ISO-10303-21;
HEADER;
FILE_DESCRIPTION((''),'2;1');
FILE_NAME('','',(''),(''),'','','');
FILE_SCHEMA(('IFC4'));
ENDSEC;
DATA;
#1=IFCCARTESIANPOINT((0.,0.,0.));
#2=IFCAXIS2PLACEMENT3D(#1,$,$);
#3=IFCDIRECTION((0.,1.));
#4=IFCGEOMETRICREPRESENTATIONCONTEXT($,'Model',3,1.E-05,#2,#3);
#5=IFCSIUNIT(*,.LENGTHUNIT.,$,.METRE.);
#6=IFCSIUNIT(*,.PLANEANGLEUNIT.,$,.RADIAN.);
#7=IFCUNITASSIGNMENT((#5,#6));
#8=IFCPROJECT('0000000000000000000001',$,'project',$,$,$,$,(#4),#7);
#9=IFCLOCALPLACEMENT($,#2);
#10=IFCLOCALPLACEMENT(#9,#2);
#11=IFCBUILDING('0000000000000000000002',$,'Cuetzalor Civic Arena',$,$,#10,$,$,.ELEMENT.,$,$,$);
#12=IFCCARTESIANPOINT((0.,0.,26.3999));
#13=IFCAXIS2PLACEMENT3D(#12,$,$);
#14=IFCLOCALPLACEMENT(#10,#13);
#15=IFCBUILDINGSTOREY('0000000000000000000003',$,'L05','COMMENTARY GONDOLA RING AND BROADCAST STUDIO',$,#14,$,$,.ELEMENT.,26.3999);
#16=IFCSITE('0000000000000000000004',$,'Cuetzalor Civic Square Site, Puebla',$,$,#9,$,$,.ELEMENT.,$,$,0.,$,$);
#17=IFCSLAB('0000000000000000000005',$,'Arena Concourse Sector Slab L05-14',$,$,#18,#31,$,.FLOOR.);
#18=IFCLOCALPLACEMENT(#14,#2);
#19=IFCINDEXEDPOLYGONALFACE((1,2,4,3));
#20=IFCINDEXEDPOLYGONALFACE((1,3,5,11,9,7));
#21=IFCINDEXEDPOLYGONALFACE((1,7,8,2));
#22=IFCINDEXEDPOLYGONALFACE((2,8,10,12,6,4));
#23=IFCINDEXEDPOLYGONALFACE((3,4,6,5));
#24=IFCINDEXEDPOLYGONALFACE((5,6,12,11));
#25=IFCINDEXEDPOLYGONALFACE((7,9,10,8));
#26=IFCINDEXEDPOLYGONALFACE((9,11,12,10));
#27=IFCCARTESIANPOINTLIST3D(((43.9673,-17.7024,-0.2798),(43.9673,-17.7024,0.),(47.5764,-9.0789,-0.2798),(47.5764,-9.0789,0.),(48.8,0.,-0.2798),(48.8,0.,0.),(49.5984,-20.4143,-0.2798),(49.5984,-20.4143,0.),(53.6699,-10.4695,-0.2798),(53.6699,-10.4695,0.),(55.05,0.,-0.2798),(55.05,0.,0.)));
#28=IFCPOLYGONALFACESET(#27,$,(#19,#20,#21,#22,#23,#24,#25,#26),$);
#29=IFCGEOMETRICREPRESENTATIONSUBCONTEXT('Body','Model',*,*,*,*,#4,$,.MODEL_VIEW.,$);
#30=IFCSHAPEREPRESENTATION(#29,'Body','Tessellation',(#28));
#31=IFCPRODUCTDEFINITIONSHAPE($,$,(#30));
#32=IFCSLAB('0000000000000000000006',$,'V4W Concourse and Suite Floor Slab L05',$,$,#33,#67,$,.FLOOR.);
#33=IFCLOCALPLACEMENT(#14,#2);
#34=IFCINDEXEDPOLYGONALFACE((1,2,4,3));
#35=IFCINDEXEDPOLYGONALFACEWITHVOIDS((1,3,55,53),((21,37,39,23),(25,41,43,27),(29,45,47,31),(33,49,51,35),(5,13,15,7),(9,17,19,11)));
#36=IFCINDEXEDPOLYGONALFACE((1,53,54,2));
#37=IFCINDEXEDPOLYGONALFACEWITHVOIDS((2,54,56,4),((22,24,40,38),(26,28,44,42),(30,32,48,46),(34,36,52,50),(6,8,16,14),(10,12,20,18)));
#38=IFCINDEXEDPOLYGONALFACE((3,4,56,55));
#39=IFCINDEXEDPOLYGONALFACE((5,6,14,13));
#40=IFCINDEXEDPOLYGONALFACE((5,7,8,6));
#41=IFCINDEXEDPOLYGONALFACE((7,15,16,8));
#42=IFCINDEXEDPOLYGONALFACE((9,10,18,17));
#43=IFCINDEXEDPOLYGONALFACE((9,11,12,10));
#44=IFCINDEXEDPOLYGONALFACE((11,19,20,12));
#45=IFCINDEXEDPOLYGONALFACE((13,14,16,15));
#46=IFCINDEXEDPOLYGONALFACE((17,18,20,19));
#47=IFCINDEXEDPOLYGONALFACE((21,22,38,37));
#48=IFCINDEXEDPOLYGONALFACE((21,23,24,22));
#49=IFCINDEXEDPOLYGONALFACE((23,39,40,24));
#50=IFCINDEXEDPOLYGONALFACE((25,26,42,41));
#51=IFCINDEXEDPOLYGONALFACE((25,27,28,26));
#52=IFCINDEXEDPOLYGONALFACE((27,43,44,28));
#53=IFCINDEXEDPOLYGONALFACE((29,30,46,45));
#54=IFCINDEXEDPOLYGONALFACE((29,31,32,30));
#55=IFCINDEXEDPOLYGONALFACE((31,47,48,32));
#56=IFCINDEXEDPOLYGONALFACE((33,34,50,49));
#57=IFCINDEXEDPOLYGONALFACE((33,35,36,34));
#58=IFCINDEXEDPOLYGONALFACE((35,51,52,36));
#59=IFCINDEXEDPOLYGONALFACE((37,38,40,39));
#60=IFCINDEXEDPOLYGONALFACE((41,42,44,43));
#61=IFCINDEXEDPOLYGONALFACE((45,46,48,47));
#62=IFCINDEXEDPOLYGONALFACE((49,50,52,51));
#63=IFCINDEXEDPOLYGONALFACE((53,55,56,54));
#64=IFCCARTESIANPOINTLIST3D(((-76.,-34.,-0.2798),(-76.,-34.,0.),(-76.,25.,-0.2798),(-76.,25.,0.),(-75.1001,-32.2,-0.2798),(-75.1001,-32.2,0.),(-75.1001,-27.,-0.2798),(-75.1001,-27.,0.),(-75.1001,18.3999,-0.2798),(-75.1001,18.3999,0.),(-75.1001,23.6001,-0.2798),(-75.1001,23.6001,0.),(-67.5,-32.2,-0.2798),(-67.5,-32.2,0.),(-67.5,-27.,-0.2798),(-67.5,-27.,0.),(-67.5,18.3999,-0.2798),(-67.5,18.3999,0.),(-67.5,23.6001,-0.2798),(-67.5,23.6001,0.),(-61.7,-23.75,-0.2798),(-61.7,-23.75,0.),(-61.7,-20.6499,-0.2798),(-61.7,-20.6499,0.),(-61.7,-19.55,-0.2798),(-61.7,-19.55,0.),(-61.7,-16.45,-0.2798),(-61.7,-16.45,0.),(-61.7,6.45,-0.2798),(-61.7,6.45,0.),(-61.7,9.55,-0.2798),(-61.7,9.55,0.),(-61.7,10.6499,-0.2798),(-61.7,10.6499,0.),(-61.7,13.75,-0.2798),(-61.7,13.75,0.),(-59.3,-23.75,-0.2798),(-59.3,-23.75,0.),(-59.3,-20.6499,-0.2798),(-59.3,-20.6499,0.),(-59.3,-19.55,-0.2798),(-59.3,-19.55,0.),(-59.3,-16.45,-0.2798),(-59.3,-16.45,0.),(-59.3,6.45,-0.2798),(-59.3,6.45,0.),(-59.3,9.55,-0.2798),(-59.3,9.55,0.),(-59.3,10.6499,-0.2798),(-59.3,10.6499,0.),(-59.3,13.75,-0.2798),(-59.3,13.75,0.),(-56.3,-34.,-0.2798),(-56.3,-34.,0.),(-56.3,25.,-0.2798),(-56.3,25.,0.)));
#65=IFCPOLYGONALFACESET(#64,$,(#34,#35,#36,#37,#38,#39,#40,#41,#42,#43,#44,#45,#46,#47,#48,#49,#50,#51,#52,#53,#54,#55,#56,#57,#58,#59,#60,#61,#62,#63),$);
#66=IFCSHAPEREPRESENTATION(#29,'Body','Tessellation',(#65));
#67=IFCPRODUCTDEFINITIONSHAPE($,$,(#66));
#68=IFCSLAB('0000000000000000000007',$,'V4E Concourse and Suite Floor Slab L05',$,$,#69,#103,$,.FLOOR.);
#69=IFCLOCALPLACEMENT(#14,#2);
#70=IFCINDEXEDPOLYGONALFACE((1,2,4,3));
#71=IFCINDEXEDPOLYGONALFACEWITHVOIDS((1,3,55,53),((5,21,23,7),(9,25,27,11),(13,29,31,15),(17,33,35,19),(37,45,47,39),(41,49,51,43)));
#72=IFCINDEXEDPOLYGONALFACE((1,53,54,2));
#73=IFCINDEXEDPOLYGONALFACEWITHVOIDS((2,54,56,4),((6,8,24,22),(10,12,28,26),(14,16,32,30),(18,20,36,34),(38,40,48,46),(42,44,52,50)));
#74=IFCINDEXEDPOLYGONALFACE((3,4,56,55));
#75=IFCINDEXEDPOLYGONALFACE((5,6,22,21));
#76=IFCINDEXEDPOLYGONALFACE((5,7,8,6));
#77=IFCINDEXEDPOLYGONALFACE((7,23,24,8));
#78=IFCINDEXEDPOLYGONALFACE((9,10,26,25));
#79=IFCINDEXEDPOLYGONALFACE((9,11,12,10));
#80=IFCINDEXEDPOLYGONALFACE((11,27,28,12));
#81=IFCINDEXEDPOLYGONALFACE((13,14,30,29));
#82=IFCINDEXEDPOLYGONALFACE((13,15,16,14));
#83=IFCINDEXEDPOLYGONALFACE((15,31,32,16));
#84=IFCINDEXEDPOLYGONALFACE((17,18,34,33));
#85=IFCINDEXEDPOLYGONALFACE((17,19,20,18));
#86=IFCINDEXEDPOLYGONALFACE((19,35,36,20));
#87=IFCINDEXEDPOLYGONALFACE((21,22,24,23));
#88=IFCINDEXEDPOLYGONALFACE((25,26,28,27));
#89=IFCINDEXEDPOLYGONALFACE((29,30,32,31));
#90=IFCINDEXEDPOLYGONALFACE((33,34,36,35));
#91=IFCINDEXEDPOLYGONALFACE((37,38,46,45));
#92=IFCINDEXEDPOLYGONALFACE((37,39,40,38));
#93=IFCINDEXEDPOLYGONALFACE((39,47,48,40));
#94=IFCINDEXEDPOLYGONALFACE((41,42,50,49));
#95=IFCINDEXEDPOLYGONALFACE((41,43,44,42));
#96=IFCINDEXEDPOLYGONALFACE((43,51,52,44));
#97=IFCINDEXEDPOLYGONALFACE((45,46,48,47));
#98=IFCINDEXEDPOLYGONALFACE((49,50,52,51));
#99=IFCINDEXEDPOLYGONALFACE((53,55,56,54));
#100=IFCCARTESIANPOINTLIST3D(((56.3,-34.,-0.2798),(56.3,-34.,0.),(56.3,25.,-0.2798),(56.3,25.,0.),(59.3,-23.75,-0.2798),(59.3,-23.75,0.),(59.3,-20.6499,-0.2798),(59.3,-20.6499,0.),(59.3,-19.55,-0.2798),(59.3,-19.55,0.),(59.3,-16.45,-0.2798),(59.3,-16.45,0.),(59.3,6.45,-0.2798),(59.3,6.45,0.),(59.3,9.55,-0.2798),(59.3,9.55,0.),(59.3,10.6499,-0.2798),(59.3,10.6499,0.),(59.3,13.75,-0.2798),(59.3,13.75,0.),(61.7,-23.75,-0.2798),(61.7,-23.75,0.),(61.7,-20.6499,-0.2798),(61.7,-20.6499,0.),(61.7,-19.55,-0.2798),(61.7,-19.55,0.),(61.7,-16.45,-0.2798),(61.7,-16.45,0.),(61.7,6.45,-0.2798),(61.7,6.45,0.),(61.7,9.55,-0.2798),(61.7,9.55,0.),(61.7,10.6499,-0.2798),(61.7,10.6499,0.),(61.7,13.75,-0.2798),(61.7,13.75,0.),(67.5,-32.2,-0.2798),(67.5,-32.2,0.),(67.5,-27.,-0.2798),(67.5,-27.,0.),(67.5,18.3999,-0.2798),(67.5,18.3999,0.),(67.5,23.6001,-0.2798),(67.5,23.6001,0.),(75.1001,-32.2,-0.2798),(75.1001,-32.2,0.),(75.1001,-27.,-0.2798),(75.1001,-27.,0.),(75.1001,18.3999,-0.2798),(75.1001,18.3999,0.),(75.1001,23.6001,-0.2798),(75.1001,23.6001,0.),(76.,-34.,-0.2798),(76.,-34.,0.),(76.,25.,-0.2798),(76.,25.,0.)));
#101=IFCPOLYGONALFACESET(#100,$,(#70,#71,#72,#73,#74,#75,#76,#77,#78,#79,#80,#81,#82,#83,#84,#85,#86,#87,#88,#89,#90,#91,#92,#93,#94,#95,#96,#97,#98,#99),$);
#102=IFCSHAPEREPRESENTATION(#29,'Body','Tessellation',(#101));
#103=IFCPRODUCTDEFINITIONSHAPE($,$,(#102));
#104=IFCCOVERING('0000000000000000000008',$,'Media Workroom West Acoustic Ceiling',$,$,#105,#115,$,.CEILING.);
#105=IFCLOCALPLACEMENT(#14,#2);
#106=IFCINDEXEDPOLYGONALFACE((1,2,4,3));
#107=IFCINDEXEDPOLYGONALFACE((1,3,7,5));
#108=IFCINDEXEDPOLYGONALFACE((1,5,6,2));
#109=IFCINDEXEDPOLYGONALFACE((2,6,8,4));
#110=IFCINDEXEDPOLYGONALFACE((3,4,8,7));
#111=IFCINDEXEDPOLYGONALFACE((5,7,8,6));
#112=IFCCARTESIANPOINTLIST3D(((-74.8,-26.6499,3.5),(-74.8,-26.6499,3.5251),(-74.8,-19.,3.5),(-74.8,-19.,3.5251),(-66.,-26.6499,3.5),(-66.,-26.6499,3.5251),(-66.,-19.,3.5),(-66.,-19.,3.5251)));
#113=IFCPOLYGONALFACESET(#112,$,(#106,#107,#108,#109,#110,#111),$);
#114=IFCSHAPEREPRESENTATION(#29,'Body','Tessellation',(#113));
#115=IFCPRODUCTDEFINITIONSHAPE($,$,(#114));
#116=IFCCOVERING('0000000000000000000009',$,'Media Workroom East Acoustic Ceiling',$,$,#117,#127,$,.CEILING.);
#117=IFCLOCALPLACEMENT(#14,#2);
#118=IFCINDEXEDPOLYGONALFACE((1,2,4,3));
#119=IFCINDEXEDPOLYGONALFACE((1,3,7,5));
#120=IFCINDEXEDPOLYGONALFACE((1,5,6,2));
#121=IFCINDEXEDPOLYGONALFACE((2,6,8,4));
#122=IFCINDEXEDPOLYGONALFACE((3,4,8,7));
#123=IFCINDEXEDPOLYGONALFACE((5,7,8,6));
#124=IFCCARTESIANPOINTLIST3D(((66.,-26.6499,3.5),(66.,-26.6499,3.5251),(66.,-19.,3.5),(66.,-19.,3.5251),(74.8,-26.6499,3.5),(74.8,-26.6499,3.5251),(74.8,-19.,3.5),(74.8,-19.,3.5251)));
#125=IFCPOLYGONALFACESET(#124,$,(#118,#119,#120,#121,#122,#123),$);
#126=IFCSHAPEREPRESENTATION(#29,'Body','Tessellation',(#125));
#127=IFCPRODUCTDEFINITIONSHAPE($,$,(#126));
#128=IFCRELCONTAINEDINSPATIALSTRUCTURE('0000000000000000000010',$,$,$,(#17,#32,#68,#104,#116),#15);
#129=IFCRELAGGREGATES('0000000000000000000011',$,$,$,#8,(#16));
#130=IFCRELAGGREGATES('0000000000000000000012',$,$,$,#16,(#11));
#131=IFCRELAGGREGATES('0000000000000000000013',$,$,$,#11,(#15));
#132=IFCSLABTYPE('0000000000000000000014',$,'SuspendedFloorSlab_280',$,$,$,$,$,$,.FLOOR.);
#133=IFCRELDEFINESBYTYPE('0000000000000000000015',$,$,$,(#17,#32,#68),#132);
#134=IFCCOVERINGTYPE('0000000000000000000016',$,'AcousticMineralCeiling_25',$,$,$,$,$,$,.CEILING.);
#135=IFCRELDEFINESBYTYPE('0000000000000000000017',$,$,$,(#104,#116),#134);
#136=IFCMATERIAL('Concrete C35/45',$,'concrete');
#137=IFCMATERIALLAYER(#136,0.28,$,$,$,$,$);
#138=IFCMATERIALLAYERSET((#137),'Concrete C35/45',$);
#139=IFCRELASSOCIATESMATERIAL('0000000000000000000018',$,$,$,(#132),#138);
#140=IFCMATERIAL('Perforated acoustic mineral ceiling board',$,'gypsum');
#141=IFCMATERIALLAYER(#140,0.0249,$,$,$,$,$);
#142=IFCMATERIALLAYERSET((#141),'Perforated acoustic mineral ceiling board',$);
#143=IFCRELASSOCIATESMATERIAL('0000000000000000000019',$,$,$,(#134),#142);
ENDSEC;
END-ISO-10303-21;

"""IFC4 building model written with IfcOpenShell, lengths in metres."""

from ifc_helpers import new_model, si_unit, direction, frame, origin, place, context, subcontext, project, spatial, polyline, outline, extrude, material, layer, layer_set, type_object, element, save


model = new_model("IFC4")

# Units and contexts
model_context = context("Model", 3, precision=1e-05, world=origin(), true_north=direction((0.0, 1.0)))
body_context = subcontext(model_context, "Body", "Model", "MODEL_VIEW")
ifc_project = project(units=[si_unit("LENGTHUNIT", "METRE"), si_unit("PLANEANGLEUNIT", "RADIAN")], contexts=[model_context])

# Site, building, storey
site_placement = place(None, origin())
site = spatial("IfcSite", under=ifc_project, at=site_placement, Name="Cuetzalor Civic Square Site, Puebla", CompositionType="ELEMENT", RefElevation=0.0)
building_placement = place(site_placement, origin())
building = spatial("IfcBuilding", under=site, at=building_placement, Name="Cuetzalor Civic Arena", CompositionType="ELEMENT")
storey_placement = place(building_placement, frame((0.0, 0.0, 26.3999)))
storey = spatial("IfcBuildingStorey", under=building, at=storey_placement, Name="L05", Description="COMMENTARY GONDOLA RING AND BROADCAST STUDIO", CompositionType="ELEMENT", Elevation=26.3999)

# Slabs
ifc_material_1 = material(Name="Concrete C35/45", Category="concrete")
ifc_layer_1 = layer(ifc_material_1, 0.28)
ifc_layer_set_1 = layer_set([ifc_layer_1], Name="Concrete C35/45")
slab_type_1 = type_object("IfcSlabType", Name="SuspendedFloorSlab_280", PredefinedType="FLOOR", material=ifc_layer_set_1)
slab_1_placement = place(storey_placement, frame((0.0, 0.0, -0.2798)))
element("IfcSlab", 1, at=slab_1_placement, inside=storey, type_object=slab_type_1, Name="Arena Concourse Sector Slab L05-14", PredefinedType="FLOOR", context=body_context, shape_type="SweptSolid", body=[
    extrude(outline(polyline([(43.9673, -17.7024), (47.5764, -9.0789), (48.8, 0.0), (55.05, 0.0), (53.6699, -10.4695), (49.5984, -20.4143), (43.9673, -17.7024)])), origin(), (0.0, 0.0, 1.0), 0.2798),
])
slab_2_placement = place(storey_placement, frame((0.0, 0.0, -0.2798)))
element("IfcSlab", 2, at=slab_2_placement, inside=storey, type_object=slab_type_1, Name="V4W Concourse and Suite Floor Slab L05", PredefinedType="FLOOR", context=body_context, shape_type="SweptSolid", body=[
    extrude(outline(polyline([(-76.0, -34.0), (-56.3, -34.0), (-56.3, 25.0), (-76.0, 25.0), (-76.0, -34.0)]), holes=[polyline([(-75.1001, -32.2), (-67.5, -32.2), (-67.5, -27.0), (-75.1001, -27.0), (-75.1001, -32.2)]), polyline([(-75.1001, 18.3999), (-67.5, 18.3999), (-67.5, 23.6001), (-75.1001, 23.6001), (-75.1001, 18.3999)]), polyline([(-61.7, -19.55), (-59.3, -19.55), (-59.3, -16.45), (-61.7, -16.45), (-61.7, -19.55)]), polyline([(-61.7, 6.45), (-59.3, 6.45), (-59.3, 9.55), (-61.7, 9.55), (-61.7, 6.45)]), polyline([(-61.7, -23.75), (-59.3, -23.75), (-59.3, -20.6499), (-61.7, -20.6499), (-61.7, -23.75)]), polyline([(-61.7, 10.6499), (-59.3, 10.6499), (-59.3, 13.75), (-61.7, 13.75), (-61.7, 10.6499)])]), origin(), (0.0, 0.0, 1.0), 0.2798),
])
slab_3_placement = place(storey_placement, frame((0.0, 0.0, -0.2798)))
element("IfcSlab", 3, at=slab_3_placement, inside=storey, type_object=slab_type_1, Name="V4E Concourse and Suite Floor Slab L05", PredefinedType="FLOOR", context=body_context, shape_type="SweptSolid", body=[
    extrude(outline(polyline([(56.3, -34.0), (76.0, -34.0), (76.0, 25.0), (56.3, 25.0), (56.3, -34.0)]), holes=[polyline([(67.5, -32.2), (75.1001, -32.2), (75.1001, -27.0), (67.5, -27.0), (67.5, -32.2)]), polyline([(67.5, 18.3999), (75.1001, 18.3999), (75.1001, 23.6001), (67.5, 23.6001), (67.5, 18.3999)]), polyline([(59.3, -19.55), (61.7, -19.55), (61.7, -16.45), (59.3, -16.45), (59.3, -19.55)]), polyline([(59.3, 6.45), (61.7, 6.45), (61.7, 9.55), (59.3, 9.55), (59.3, 6.45)]), polyline([(59.3, -23.75), (61.7, -23.75), (61.7, -20.6499), (59.3, -20.6499), (59.3, -23.75)]), polyline([(59.3, 10.6499), (61.7, 10.6499), (61.7, 13.75), (59.3, 13.75), (59.3, 10.6499)])]), origin(), (0.0, 0.0, 1.0), 0.2798),
])

# Coverings
ifc_material_2 = material(Name="Perforated acoustic mineral ceiling board", Category="gypsum")
ifc_layer_2 = layer(ifc_material_2, 0.0249)
ifc_layer_set_2 = layer_set([ifc_layer_2], Name="Perforated acoustic mineral ceiling board")
covering_type = type_object("IfcCoveringType", Name="AcousticMineralCeiling_25", PredefinedType="CEILING", material=ifc_layer_set_2)
covering_1_placement = place(storey_placement, frame((0.0, 0.0, 3.5)))
element("IfcCovering", 4, at=covering_1_placement, inside=storey, type_object=covering_type, Name="Media Workroom West Acoustic Ceiling", PredefinedType="CEILING", context=body_context, shape_type="SweptSolid", body=[
    extrude(outline(polyline([(-74.8, -19.0), (-66.0, -19.0), (-66.0, -26.6499), (-74.8, -26.6499), (-74.8, -19.0)])), origin(), (0.0, 0.0, 1.0), 0.0251),
])
covering_2_placement = place(storey_placement, frame((0.0, 0.0, 3.5)))
element("IfcCovering", 5, at=covering_2_placement, inside=storey, type_object=covering_type, Name="Media Workroom East Acoustic Ceiling", PredefinedType="CEILING", context=body_context, shape_type="SweptSolid", body=[
    extrude(outline(polyline([(66.0, -19.0), (74.8, -19.0), (74.8, -26.6499), (66.0, -26.6499), (66.0, -19.0)])), origin(), (0.0, 0.0, 1.0), 0.0251),
])

save(model, "model.ifc")
